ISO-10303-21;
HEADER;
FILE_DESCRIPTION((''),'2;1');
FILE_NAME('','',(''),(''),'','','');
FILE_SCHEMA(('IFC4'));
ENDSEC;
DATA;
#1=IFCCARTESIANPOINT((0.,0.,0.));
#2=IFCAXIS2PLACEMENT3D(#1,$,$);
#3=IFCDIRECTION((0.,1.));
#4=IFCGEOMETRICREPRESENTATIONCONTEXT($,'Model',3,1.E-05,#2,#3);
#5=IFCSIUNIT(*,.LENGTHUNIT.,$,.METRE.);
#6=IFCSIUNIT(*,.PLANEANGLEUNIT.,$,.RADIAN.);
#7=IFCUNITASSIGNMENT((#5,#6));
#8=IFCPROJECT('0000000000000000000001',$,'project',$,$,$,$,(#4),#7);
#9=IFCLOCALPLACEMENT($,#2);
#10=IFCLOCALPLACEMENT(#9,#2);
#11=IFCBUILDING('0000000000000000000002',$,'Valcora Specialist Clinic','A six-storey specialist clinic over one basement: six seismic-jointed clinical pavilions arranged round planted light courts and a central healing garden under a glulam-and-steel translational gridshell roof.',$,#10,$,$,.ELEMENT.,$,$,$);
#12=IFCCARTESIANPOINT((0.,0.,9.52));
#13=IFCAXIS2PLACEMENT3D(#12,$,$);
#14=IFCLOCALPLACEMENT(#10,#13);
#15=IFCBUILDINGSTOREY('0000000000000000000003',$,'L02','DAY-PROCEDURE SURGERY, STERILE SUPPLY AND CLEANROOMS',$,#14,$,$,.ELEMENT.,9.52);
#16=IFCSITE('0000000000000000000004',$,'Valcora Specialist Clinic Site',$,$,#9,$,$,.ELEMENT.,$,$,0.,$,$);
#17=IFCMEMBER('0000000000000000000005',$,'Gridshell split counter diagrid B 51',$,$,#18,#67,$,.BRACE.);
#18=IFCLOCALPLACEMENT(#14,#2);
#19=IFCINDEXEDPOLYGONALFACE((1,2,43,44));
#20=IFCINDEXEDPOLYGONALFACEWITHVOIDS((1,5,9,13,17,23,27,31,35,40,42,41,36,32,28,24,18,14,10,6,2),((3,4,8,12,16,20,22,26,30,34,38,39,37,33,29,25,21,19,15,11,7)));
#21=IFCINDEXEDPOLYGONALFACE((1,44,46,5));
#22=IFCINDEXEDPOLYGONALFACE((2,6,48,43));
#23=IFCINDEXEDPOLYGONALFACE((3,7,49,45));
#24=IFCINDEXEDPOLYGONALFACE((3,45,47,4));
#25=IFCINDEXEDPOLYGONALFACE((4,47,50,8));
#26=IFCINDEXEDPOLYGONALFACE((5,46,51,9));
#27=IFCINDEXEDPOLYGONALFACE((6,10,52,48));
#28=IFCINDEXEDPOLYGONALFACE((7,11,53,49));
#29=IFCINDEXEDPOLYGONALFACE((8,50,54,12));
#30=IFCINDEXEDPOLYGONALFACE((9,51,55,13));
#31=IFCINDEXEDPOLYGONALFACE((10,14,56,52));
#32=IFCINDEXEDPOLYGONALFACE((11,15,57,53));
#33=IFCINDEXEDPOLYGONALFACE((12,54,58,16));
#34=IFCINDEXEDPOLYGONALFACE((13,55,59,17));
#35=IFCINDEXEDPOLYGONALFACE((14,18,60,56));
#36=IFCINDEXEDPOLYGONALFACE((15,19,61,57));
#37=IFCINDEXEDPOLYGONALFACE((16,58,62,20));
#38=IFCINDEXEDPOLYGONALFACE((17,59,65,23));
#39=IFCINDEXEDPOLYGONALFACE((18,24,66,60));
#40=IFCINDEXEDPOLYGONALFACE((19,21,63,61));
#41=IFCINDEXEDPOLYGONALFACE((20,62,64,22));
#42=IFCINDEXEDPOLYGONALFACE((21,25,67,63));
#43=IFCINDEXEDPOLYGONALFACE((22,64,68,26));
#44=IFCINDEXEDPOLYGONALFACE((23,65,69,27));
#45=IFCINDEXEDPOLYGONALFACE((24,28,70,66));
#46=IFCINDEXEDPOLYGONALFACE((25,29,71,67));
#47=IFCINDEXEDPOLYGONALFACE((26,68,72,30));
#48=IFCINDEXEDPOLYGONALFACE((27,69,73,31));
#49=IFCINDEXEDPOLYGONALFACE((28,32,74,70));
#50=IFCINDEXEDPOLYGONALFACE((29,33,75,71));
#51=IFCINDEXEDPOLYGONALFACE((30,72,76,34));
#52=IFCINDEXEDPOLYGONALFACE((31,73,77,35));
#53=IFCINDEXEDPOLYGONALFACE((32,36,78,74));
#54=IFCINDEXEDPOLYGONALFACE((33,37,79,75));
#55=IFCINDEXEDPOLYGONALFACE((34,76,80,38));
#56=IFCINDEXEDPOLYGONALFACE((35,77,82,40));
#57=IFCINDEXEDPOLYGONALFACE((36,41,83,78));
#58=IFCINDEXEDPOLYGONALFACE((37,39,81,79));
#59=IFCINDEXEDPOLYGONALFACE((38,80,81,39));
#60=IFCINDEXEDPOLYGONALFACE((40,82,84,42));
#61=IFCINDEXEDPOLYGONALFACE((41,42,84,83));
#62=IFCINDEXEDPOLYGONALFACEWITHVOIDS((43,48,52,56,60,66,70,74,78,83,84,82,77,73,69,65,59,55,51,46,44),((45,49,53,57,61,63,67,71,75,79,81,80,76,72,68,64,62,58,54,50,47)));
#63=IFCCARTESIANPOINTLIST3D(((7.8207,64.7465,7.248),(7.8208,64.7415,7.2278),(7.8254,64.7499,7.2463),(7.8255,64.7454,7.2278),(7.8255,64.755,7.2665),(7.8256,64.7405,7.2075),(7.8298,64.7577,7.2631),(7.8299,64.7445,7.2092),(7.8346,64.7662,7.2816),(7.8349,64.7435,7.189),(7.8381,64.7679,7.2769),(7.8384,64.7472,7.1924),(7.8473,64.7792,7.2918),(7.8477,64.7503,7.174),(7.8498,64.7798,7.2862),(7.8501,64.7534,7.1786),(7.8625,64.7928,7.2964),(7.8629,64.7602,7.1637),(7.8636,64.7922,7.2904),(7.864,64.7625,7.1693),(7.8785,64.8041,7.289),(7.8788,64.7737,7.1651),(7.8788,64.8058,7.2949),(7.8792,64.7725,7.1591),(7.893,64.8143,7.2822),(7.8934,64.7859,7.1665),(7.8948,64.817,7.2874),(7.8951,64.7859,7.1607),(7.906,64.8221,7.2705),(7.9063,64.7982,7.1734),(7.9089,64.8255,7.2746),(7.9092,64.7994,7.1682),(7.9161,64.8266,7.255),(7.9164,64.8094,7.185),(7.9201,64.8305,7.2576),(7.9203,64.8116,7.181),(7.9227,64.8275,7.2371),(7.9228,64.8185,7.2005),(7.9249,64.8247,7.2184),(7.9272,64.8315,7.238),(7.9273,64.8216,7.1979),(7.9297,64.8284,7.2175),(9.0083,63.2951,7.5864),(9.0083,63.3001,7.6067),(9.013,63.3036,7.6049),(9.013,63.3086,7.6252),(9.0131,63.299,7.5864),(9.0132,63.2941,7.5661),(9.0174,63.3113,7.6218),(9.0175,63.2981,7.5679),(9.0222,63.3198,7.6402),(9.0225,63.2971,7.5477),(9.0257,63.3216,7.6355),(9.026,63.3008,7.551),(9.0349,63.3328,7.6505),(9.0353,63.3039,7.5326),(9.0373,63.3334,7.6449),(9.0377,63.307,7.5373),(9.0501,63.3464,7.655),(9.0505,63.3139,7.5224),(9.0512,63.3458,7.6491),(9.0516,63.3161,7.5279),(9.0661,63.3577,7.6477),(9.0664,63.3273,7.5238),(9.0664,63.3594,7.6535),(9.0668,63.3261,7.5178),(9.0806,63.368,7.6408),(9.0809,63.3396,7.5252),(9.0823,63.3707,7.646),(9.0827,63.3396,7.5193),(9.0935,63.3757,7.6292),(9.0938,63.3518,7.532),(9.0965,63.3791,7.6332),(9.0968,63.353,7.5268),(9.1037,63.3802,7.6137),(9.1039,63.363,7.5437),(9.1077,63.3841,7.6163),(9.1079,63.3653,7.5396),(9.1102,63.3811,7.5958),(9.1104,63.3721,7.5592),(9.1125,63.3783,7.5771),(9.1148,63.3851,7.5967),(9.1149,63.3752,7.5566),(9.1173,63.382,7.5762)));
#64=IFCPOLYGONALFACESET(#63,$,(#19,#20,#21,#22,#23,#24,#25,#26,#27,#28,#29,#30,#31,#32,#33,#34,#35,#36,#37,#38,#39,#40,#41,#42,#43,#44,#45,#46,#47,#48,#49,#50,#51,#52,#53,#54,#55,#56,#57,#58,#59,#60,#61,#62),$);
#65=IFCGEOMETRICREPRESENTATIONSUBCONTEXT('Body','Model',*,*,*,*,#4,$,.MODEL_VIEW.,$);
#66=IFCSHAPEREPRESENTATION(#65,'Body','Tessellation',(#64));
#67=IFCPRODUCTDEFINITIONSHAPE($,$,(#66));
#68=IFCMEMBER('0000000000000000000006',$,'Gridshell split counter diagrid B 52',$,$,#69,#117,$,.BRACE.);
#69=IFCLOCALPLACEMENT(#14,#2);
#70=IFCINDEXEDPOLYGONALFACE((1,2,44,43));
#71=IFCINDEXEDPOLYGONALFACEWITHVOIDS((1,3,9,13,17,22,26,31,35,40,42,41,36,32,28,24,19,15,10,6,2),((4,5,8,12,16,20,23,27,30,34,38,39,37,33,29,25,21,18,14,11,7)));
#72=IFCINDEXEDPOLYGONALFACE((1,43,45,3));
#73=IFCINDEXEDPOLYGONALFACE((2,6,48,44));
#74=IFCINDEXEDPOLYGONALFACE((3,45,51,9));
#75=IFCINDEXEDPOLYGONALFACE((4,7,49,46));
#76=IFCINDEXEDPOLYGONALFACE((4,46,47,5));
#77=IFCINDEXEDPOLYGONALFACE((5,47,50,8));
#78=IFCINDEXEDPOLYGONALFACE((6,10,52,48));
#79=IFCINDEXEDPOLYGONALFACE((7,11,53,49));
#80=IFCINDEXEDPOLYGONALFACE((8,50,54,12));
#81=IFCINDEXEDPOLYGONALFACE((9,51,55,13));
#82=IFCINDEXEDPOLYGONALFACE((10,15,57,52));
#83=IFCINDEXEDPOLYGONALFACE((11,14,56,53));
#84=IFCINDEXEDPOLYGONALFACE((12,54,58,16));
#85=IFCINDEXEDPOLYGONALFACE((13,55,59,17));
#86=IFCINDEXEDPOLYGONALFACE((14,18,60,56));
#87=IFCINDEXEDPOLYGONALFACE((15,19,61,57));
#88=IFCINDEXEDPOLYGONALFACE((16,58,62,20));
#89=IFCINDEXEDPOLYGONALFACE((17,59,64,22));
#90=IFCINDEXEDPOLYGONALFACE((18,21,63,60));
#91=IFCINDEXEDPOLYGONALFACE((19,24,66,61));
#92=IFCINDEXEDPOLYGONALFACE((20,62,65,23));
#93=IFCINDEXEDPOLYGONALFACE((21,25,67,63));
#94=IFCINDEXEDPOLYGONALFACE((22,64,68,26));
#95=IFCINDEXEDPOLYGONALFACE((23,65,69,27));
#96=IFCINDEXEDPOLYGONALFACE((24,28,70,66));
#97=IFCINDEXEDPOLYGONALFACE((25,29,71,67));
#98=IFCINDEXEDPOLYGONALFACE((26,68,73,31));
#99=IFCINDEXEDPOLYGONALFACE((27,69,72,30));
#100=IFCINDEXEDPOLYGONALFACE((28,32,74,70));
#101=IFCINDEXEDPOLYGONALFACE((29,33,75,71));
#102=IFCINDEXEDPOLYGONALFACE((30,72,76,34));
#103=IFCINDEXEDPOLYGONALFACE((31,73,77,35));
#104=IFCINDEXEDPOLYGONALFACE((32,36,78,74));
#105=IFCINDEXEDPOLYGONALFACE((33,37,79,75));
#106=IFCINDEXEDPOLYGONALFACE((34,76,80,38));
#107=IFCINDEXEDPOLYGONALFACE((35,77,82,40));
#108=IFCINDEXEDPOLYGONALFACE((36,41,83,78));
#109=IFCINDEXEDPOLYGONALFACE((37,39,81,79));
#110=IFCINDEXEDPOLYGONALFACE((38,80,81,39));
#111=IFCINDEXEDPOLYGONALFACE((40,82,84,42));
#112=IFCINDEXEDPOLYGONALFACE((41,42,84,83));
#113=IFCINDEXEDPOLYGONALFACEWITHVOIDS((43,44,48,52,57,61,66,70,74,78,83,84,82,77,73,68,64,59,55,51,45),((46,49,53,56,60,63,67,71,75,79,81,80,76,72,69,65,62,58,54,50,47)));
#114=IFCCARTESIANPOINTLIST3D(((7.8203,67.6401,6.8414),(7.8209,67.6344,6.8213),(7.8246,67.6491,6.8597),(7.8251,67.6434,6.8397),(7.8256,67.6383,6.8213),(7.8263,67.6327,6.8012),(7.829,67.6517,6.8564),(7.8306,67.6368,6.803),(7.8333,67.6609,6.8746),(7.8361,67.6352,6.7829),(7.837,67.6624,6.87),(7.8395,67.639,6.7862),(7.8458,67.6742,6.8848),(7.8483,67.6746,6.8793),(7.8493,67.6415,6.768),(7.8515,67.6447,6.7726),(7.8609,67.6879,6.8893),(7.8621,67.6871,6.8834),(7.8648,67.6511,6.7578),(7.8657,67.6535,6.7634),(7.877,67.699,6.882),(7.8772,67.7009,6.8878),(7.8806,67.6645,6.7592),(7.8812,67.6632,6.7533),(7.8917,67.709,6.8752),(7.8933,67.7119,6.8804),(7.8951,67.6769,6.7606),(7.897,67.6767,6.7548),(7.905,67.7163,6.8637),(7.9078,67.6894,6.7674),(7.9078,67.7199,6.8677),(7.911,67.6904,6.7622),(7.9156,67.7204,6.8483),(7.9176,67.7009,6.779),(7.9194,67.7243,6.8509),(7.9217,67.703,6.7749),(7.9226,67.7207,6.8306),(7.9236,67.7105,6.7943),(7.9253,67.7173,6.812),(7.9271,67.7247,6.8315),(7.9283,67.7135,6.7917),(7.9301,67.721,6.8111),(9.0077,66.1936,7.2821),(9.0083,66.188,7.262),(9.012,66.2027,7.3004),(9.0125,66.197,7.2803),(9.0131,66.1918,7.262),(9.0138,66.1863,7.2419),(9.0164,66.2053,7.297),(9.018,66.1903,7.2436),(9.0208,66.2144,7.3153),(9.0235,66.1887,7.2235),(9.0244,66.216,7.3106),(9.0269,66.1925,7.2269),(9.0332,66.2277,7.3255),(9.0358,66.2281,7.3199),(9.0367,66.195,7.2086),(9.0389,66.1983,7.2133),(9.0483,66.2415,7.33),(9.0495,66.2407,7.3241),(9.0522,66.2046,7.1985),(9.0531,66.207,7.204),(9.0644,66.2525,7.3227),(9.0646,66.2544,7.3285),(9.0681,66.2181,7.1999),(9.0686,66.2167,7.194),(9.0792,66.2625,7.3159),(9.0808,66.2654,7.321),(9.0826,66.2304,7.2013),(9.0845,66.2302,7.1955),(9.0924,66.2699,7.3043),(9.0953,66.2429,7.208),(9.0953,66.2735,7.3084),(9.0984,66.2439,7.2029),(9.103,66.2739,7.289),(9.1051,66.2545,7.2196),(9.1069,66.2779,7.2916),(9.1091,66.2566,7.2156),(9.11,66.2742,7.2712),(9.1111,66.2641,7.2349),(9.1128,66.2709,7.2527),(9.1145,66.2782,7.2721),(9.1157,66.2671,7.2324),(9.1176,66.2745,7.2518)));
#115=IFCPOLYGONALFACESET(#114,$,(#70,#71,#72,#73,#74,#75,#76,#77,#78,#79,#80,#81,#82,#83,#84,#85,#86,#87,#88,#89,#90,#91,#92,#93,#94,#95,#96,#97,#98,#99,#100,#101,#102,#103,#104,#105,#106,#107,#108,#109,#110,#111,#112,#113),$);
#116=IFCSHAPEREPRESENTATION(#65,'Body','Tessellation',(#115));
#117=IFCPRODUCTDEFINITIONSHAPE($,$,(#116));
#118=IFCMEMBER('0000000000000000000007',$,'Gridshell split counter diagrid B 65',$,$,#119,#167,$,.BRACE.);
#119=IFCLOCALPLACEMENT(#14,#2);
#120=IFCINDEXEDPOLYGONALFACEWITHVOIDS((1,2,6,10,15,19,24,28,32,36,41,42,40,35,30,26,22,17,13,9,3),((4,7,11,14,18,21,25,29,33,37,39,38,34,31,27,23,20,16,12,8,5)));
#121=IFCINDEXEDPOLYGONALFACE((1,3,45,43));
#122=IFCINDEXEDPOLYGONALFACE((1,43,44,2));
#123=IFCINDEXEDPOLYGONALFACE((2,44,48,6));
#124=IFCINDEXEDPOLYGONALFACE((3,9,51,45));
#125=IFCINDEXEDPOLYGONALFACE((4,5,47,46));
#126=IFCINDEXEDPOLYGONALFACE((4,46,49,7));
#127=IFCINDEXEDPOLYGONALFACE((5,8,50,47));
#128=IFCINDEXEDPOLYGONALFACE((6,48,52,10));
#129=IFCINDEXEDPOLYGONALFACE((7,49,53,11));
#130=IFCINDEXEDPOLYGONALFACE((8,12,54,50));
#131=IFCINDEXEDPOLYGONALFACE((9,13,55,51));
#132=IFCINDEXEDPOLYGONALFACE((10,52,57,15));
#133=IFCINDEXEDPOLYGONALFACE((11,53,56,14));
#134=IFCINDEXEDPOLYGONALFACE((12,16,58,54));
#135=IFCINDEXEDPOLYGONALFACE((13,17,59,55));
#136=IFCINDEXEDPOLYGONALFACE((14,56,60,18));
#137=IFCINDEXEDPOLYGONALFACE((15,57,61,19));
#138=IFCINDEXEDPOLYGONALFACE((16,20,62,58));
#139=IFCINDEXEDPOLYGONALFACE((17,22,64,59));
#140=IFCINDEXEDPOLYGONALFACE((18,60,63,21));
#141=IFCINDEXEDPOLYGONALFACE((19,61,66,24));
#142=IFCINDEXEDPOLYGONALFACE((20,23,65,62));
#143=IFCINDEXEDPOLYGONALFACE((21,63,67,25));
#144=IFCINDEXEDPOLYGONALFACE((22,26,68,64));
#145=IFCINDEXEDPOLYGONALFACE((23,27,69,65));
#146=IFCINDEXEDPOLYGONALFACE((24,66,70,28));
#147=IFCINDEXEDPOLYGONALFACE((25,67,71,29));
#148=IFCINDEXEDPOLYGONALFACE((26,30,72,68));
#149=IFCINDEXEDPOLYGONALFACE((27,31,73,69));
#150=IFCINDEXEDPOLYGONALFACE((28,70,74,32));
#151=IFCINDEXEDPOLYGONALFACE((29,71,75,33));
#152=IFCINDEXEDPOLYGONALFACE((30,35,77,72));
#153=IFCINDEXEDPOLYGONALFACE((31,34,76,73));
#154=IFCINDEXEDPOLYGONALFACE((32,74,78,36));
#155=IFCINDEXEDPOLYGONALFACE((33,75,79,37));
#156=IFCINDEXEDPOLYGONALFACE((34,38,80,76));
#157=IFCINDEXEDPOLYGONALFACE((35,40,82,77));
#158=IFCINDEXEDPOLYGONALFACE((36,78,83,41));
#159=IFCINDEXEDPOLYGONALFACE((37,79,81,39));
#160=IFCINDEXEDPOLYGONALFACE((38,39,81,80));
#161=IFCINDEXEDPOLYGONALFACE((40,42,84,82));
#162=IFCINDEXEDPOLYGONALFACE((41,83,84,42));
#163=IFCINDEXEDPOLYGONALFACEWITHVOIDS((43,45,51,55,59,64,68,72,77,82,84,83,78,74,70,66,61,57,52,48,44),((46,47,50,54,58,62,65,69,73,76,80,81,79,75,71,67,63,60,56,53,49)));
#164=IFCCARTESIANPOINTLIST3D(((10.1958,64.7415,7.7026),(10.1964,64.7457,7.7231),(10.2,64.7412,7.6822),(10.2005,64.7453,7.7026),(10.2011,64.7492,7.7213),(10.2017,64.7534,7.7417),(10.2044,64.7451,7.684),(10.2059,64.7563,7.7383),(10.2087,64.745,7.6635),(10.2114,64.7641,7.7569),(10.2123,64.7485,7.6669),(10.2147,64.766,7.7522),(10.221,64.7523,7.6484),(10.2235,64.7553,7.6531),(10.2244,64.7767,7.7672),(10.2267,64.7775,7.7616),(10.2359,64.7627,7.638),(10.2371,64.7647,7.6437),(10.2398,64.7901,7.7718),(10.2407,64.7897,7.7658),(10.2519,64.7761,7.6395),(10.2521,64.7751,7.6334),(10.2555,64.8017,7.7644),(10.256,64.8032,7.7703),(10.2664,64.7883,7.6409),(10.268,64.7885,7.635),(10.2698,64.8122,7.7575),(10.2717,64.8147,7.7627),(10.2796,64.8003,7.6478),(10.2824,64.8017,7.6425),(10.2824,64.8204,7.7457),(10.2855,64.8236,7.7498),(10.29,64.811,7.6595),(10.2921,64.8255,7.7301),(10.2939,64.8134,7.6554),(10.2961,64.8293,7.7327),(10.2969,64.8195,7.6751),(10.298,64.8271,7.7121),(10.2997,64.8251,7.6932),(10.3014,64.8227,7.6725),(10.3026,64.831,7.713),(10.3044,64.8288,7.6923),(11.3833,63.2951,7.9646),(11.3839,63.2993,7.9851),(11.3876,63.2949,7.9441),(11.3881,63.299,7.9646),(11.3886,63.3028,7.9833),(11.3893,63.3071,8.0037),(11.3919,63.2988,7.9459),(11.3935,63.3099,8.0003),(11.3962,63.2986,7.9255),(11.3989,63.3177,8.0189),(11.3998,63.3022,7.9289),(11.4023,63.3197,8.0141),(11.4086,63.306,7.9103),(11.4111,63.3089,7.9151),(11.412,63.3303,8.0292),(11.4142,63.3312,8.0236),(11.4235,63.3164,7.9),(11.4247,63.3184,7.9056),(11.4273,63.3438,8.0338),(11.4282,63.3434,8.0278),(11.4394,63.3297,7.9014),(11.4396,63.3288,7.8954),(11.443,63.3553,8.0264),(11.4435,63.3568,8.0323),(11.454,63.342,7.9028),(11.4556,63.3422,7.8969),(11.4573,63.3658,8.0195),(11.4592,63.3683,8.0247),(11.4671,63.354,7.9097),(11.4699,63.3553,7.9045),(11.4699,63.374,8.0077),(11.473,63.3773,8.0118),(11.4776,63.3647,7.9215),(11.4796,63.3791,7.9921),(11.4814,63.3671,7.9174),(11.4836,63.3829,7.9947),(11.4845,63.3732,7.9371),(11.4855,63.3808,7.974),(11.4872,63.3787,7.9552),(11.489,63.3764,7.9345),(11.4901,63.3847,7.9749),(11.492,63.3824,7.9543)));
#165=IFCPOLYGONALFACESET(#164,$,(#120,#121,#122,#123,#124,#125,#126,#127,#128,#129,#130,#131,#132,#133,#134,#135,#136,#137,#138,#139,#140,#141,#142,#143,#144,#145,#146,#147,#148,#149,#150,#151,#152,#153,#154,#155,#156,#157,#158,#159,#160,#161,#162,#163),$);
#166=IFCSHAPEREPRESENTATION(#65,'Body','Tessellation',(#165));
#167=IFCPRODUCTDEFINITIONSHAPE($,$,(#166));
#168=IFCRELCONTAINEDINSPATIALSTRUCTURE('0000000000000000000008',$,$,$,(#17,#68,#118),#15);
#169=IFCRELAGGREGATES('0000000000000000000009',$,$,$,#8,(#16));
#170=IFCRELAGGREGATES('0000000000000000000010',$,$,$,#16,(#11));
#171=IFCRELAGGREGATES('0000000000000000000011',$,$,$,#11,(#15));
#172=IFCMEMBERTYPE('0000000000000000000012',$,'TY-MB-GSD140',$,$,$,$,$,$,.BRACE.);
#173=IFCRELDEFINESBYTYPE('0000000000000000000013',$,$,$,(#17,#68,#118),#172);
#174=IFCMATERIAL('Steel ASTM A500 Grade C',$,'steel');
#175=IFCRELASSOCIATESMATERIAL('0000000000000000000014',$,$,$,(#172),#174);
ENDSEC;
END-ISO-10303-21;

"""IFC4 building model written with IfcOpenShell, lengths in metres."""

from ifc_helpers import new_model, si_unit, direction, frame, origin, origin_2d, place, context, subcontext, project, spatial, hollow_circle, extrude, material, material_profile, profile_set, type_object, element, save


model = new_model("IFC4")

# Units and contexts
model_context = context("Model", 3, precision=1e-05, world=origin(), true_north=direction((0.0, 1.0)))
body_context = subcontext(model_context, "Body", "Model", "MODEL_VIEW")
ifc_project = project(units=[si_unit("LENGTHUNIT", "METRE"), si_unit("PLANEANGLEUNIT", "RADIAN")], contexts=[model_context])

# Site, building, storey
site_placement = place(None, origin())
site = spatial("IfcSite", under=ifc_project, at=site_placement, Name="Valcora Specialist Clinic Site", CompositionType="ELEMENT", RefElevation=0.0)
building_placement = place(site_placement, origin())
building = spatial("IfcBuilding", under=site, at=building_placement, Name="Valcora Specialist Clinic", Description="A six-storey specialist clinic over one basement: six seismic-jointed clinical pavilions arranged round planted light courts and a central healing garden under a glulam-and-steel translational gridshell roof.", CompositionType="ELEMENT")
storey_placement = place(building_placement, frame((0.0, 0.0, 9.52)))
storey = spatial("IfcBuildingStorey", under=building, at=storey_placement, Name="L02", Description="DAY-PROCEDURE SURGERY, STERILE SUPPLY AND CLEANROOMS", CompositionType="ELEMENT", Elevation=9.52)

# Members
ifc_material_1 = material(Name="Steel ASTM A500 Grade C", Category="steel")
ifc_material_profile_1 = material_profile(ifc_material_1, hollow_circle(Radius=0.0701, WallThickness=0.0061, at=origin_2d()), Name="ST-CHS-140X6")
ifc_profile_set_1 = profile_set([ifc_material_profile_1], Name="Steel ASTM A500 Grade C")
member_type_1 = type_object("IfcMemberType", Name="TY-MB-GSD140", PredefinedType="BRACE", material=ifc_profile_set_1)
member_1_placement = place(storey_placement, frame((9.0625, 63.3396, 7.5864), z_axis=(-0.62323, 0.759049, -0.188225), x_axis=(-0.772863, -0.634572, 0.0)))
element("IfcMember", 1, at=member_1_placement, inside=storey, type_object=member_type_1, Name="Gridshell split counter diagrid B 51", PredefinedType="BRACE", context=body_context, shape_type="SweptSolid", body=[
    extrude(hollow_circle(Radius=0.0701, WallThickness=0.0061, at=origin_2d()), origin(), (0.0, 0.0, 1.0), 1.9055),
])
member_2_placement = place(storey_placement, frame((9.0625, 66.2324, 7.262), z_axis=(-0.617618, 0.752341, -0.229194), x_axis=(-0.772916, -0.634508, 0.0)))
element("IfcMember", 2, at=member_2_placement, inside=storey, type_object=member_type_1, Name="Gridshell split counter diagrid B 52", PredefinedType="BRACE", context=body_context, shape_type="SweptSolid", body=[
    extrude(hollow_circle(Radius=0.0701, WallThickness=0.0061, at=origin_2d()), origin(), (0.0, 0.0, 1.0), 1.9226),
])
member_3_placement = place(storey_placement, frame((11.4375, 63.3396, 7.9646), z_axis=(-0.628445, 0.7654, -0.138635), x_axis=(-0.772863, -0.634572, 0.0)))
element("IfcMember", 3, at=member_3_placement, inside=storey, type_object=member_type_1, Name="Gridshell split counter diagrid B 65", PredefinedType="BRACE", context=body_context, shape_type="SweptSolid", body=[
    extrude(hollow_circle(Radius=0.0701, WallThickness=0.0061, at=origin_2d()), origin(), (0.0, 0.0, 1.0), 1.8896),
])

save(model, "model.ifc")
